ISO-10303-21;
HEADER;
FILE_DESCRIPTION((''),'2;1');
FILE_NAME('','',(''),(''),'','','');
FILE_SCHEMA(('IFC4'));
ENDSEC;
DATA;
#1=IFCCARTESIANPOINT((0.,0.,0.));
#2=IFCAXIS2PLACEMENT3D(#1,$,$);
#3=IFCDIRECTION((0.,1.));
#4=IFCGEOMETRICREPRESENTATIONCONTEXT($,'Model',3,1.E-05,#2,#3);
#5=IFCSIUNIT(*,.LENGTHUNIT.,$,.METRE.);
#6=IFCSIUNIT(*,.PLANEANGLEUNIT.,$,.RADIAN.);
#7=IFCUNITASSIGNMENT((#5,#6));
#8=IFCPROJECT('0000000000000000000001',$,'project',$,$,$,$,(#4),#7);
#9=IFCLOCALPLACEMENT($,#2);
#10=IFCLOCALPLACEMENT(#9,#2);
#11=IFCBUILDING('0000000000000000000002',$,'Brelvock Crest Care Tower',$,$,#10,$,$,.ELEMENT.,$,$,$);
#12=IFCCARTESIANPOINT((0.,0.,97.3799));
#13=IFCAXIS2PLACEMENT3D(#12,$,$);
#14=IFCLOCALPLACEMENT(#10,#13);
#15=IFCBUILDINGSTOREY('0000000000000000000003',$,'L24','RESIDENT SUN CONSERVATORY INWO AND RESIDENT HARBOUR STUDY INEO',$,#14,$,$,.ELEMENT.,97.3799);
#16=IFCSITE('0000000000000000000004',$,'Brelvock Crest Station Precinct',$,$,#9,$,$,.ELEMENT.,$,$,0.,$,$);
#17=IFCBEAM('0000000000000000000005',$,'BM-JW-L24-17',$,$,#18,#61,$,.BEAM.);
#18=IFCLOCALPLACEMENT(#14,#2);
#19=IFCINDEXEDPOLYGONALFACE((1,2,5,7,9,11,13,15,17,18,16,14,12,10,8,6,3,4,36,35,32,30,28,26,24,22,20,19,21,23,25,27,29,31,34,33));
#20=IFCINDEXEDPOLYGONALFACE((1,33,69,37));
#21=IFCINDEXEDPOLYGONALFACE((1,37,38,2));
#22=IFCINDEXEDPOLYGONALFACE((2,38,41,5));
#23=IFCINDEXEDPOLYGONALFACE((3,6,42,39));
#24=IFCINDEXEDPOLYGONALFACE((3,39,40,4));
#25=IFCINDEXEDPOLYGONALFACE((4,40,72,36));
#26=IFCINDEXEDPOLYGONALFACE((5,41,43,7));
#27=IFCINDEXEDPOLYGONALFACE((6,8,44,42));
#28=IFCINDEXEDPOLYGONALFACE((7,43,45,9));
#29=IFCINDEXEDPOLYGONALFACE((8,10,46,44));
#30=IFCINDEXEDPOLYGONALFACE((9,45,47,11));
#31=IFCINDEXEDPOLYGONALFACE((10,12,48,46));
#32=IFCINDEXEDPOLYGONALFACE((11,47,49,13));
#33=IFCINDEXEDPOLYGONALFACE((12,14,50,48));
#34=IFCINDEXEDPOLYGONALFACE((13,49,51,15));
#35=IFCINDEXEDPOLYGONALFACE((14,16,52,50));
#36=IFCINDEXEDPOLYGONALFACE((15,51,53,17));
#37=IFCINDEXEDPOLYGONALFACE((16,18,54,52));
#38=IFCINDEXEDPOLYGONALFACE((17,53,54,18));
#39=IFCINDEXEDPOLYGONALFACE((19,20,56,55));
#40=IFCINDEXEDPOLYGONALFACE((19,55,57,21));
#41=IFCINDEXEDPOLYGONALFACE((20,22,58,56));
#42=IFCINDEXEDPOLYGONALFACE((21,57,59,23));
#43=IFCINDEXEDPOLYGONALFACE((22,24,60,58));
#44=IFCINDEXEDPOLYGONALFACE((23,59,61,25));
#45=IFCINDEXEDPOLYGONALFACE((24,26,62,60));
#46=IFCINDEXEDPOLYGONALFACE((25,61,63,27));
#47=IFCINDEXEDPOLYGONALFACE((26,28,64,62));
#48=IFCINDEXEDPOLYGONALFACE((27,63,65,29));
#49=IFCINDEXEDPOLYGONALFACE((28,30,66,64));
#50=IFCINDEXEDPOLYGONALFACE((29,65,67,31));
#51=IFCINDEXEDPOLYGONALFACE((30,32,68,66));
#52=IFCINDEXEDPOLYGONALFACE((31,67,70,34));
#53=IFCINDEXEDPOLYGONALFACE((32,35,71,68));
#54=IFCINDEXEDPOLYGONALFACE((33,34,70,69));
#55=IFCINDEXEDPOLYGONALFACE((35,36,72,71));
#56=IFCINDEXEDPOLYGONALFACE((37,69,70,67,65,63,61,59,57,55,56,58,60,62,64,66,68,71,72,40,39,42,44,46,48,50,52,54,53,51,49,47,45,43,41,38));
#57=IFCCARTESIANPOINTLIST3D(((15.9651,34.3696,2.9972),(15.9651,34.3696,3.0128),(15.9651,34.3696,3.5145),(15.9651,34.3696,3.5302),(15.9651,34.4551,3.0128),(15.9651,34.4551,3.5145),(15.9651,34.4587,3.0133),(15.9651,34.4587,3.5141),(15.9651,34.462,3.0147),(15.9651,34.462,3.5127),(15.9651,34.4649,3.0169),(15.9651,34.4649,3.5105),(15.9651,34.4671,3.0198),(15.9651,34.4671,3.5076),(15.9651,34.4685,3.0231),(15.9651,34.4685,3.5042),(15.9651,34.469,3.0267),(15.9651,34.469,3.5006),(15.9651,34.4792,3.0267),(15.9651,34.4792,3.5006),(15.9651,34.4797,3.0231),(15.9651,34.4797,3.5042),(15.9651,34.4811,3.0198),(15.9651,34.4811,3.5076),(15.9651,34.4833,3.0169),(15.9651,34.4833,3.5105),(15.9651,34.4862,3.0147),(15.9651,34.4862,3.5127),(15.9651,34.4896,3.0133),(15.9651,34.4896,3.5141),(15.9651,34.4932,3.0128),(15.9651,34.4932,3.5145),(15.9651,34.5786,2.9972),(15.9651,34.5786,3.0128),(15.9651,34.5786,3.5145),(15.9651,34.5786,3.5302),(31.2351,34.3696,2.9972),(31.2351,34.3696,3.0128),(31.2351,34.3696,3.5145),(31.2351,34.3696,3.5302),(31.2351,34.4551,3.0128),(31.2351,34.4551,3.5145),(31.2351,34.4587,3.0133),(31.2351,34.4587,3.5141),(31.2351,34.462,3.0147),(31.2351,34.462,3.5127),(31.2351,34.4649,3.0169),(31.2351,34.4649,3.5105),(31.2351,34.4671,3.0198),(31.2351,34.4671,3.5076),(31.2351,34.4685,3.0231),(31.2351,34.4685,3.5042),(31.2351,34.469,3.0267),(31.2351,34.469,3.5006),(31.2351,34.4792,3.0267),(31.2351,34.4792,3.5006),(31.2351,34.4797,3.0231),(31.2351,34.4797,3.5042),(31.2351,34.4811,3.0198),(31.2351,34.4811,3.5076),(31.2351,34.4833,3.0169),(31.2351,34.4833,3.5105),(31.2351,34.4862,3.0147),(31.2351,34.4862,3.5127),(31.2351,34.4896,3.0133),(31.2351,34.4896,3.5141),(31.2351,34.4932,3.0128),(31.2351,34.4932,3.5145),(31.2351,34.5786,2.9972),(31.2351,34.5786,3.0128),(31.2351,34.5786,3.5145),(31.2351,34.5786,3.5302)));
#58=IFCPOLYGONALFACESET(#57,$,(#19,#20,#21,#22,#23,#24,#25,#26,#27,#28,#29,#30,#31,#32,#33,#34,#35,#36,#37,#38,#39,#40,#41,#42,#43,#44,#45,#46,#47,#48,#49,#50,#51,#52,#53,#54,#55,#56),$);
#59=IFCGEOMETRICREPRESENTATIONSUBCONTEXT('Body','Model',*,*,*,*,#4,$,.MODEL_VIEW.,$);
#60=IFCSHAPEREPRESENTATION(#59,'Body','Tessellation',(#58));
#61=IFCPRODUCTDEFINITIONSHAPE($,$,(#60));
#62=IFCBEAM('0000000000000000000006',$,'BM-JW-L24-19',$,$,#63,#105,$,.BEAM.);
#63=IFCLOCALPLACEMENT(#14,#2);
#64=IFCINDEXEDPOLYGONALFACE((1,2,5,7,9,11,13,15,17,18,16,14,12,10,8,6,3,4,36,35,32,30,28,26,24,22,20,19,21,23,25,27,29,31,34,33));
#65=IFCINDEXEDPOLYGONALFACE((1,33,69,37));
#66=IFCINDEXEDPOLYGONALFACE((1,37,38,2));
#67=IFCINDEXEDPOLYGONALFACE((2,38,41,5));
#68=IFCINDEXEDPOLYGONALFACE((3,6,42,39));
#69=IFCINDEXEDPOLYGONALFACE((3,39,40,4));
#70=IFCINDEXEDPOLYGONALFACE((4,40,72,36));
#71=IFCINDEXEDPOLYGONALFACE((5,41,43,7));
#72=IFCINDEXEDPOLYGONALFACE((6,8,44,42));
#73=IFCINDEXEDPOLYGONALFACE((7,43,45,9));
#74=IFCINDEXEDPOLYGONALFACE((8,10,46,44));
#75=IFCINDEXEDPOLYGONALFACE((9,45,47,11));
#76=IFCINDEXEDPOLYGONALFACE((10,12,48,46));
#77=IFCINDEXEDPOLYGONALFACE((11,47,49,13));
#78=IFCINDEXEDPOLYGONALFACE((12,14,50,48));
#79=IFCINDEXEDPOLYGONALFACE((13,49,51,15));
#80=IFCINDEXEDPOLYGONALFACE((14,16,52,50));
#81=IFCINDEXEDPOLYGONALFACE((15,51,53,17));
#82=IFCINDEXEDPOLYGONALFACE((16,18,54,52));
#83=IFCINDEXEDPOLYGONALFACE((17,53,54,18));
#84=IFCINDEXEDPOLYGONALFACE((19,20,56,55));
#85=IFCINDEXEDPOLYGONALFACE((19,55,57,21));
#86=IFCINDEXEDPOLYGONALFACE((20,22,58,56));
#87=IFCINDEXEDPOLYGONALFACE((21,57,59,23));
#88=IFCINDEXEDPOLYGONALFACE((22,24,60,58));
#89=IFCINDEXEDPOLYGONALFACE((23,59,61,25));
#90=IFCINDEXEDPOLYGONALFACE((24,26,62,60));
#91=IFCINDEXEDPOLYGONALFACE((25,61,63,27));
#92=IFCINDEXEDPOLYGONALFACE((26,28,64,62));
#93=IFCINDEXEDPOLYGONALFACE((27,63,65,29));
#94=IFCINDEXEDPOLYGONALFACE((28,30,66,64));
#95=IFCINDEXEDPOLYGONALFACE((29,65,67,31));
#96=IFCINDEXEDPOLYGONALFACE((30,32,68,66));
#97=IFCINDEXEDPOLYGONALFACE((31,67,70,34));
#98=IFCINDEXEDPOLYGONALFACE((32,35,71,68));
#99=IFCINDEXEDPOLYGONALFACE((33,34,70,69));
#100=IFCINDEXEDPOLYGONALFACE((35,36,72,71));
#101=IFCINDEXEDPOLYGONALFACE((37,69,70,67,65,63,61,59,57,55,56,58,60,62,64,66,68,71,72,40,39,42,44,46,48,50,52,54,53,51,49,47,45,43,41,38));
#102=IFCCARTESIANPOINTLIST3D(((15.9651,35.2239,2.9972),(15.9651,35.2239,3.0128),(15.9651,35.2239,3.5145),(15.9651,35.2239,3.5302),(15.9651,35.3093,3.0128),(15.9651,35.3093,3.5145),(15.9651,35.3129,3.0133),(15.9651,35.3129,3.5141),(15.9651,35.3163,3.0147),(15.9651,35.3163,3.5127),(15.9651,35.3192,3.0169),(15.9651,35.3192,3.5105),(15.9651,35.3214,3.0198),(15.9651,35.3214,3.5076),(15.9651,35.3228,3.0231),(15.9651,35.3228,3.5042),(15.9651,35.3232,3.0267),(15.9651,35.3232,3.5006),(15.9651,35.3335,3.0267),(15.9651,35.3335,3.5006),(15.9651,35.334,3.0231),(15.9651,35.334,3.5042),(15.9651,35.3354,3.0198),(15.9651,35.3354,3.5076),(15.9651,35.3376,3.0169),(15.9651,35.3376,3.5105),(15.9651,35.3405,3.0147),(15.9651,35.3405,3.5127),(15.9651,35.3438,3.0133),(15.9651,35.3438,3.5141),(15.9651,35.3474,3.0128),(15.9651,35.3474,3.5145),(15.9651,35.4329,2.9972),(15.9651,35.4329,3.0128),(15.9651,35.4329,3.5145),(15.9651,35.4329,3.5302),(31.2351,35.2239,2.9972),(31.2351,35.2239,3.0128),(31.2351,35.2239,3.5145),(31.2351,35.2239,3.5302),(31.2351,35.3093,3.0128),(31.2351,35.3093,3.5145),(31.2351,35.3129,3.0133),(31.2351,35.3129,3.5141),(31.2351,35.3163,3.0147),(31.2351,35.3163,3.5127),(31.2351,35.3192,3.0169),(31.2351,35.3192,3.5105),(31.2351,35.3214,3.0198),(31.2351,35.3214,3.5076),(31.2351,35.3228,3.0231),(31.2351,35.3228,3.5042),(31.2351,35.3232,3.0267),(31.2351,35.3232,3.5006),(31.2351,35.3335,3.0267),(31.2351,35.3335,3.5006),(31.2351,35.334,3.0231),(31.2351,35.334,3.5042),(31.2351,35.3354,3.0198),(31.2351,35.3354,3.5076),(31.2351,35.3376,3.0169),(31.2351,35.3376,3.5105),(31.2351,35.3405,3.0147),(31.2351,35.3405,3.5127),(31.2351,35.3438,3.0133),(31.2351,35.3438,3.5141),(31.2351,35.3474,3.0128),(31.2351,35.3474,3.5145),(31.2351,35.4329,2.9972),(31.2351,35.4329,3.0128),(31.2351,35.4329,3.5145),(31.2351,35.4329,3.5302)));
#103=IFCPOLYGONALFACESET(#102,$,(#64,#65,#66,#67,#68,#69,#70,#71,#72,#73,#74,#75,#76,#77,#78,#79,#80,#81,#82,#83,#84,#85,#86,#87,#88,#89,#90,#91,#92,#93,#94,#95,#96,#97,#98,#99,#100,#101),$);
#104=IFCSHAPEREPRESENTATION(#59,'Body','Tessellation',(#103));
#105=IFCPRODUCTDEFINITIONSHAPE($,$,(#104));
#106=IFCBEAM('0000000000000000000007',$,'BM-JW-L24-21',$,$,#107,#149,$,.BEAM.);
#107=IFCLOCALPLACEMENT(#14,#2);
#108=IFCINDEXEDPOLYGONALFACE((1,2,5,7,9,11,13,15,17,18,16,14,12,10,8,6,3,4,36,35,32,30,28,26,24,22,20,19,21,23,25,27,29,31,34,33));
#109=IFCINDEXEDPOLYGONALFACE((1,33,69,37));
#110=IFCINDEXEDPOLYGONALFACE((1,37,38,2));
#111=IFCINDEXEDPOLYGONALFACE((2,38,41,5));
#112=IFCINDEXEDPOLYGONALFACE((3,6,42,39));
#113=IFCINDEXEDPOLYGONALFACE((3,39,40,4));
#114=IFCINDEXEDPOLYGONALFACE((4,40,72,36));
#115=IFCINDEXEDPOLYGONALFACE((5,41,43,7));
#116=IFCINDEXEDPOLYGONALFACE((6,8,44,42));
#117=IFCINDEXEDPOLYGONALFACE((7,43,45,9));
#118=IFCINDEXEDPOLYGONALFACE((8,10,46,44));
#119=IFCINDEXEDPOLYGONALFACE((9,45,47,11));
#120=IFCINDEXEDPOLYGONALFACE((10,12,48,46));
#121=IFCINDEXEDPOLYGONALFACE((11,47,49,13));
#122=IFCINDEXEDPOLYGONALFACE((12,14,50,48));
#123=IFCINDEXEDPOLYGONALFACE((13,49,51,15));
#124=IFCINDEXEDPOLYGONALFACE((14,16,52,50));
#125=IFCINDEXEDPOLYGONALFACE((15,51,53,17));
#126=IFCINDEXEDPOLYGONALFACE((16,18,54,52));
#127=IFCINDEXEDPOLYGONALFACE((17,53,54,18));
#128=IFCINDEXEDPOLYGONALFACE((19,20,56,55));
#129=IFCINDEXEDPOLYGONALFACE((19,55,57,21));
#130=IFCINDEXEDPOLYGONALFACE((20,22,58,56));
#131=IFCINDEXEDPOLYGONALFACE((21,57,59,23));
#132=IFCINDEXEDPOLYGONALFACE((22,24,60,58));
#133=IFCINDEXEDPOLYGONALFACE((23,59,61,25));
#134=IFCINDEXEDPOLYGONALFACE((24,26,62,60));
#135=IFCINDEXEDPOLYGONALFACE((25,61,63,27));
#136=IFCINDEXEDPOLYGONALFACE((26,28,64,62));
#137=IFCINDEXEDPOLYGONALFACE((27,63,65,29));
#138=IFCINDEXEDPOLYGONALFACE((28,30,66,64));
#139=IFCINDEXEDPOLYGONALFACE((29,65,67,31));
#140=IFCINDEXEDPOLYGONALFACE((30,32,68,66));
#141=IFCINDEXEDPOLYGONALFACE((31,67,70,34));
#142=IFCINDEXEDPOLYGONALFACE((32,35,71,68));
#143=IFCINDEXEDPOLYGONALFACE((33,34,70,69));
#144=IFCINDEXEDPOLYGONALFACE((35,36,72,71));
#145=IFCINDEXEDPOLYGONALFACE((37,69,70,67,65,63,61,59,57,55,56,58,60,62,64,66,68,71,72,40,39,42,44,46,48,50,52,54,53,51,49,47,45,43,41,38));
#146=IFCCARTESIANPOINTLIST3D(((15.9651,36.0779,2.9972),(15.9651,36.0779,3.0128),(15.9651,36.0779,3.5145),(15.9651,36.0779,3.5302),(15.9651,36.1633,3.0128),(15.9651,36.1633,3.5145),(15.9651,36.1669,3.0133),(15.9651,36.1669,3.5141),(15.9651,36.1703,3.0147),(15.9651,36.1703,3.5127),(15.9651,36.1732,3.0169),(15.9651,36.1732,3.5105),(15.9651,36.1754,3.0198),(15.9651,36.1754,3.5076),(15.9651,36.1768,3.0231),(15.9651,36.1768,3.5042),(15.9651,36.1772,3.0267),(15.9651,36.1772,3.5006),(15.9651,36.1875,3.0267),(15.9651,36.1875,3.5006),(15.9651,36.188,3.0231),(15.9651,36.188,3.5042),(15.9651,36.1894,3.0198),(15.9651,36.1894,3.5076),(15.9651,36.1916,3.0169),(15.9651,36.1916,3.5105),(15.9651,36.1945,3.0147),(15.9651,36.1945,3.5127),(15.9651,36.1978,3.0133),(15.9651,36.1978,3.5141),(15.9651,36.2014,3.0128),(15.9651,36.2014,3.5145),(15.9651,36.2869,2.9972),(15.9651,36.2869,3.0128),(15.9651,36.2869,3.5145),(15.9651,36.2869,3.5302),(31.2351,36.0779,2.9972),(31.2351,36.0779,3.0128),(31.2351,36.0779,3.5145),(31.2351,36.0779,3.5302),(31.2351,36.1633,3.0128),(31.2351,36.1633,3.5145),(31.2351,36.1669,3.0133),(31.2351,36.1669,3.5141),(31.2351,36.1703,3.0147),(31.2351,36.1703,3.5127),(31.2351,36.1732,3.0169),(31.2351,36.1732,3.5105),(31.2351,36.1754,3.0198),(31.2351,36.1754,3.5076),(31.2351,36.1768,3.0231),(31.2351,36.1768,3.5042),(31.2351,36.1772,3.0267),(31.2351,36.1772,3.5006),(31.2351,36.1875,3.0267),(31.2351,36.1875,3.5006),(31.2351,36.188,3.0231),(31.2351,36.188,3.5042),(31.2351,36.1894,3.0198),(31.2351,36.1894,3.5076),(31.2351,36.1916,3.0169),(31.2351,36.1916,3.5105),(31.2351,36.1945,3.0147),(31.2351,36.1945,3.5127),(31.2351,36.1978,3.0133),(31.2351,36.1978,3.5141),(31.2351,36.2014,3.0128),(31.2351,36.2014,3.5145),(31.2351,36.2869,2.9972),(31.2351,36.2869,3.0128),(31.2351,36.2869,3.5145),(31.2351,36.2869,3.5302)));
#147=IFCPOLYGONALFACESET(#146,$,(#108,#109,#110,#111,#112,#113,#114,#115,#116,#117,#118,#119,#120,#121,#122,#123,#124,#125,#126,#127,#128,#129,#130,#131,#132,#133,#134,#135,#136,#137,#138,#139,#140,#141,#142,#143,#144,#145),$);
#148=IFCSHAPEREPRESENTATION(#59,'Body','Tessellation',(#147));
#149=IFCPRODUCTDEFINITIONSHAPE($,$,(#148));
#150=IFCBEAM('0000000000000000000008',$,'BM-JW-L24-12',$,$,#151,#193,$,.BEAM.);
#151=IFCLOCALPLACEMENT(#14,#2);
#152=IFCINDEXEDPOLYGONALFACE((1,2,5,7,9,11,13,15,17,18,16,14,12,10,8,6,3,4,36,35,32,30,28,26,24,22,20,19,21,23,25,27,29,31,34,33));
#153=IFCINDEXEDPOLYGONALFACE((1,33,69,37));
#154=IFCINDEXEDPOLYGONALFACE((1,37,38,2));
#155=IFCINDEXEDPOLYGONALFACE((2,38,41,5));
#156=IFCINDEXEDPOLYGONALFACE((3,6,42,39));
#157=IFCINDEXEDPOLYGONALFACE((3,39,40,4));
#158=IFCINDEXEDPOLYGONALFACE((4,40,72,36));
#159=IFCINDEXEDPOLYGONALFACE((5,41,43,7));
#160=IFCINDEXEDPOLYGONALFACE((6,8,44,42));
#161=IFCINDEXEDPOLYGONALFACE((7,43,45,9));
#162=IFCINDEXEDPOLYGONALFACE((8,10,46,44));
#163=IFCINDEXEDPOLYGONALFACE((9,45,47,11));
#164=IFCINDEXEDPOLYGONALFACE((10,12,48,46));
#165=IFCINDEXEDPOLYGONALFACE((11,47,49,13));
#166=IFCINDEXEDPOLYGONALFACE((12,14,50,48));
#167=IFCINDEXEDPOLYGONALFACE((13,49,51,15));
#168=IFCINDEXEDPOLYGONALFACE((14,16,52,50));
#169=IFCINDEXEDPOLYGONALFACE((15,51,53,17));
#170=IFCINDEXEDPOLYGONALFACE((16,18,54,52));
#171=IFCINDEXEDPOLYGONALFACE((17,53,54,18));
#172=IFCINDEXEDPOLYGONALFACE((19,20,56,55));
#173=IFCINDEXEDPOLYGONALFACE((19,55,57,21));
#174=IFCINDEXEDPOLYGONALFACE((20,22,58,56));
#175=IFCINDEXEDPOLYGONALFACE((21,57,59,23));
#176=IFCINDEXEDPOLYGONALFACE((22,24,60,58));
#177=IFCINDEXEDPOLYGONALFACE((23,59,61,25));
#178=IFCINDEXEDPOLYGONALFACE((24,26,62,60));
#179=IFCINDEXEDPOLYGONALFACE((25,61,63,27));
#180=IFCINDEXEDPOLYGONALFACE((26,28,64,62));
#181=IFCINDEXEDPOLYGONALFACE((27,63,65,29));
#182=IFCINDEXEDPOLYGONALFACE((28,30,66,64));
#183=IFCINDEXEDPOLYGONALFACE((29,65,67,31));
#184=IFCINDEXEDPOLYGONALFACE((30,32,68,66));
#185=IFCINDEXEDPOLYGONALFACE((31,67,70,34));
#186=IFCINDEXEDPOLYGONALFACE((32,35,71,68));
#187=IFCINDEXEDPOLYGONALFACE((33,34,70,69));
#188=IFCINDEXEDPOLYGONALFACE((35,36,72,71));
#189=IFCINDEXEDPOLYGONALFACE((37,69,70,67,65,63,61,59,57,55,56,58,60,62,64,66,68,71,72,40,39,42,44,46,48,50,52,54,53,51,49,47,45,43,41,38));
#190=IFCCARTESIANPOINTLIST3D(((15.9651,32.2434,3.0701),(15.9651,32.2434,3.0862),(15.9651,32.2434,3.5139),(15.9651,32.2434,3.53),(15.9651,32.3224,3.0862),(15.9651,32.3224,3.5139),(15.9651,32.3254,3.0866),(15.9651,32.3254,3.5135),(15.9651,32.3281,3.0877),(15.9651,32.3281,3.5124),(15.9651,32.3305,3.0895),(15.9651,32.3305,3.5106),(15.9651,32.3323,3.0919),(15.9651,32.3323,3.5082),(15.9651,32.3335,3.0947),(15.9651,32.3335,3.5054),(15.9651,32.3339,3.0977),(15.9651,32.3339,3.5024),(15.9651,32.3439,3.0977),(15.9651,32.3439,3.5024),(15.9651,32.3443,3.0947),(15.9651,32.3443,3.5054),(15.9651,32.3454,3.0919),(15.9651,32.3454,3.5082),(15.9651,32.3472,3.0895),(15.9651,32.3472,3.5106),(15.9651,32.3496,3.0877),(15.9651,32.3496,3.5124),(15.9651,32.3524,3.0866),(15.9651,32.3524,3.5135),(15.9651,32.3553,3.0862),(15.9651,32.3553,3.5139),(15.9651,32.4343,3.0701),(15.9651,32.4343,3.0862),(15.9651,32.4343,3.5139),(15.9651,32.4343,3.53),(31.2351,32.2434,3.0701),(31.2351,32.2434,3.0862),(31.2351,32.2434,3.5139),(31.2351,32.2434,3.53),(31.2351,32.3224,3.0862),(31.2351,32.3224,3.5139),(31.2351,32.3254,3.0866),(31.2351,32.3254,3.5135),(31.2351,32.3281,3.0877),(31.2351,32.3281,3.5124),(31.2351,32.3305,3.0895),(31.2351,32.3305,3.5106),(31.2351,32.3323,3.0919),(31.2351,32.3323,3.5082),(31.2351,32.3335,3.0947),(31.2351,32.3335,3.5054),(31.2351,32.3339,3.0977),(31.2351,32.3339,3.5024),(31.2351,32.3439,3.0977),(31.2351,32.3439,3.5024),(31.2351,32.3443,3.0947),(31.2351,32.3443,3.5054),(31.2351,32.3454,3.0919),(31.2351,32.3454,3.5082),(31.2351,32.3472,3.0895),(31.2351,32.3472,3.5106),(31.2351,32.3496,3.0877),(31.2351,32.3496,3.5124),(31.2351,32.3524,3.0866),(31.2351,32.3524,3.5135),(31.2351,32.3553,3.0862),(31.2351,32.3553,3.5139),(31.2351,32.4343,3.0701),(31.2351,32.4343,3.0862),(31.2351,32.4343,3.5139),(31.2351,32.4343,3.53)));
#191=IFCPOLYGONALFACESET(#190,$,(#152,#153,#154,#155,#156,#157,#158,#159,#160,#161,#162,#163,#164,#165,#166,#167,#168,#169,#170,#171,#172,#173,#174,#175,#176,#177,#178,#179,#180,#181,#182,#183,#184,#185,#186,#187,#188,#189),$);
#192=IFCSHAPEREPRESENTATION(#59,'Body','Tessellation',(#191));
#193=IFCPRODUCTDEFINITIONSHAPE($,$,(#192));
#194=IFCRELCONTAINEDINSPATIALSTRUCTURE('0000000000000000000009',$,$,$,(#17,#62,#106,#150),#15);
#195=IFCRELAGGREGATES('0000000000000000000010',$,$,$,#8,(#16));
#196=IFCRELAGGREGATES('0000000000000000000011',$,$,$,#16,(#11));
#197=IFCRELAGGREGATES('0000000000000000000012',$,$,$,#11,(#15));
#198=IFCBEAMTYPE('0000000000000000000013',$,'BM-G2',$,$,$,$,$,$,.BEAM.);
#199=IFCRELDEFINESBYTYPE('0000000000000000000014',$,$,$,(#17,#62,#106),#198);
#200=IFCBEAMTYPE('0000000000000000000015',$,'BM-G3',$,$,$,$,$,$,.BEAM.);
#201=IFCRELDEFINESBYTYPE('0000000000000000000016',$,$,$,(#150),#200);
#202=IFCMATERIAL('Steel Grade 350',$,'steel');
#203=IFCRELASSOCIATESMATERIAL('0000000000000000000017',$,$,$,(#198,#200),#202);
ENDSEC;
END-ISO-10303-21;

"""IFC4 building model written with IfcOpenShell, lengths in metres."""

from ifc_helpers import new_model, si_unit, direction, frame, origin, origin_2d, place, context, subcontext, project, spatial, i_section, extrude, source, transform, mapped, material, material_profile, profile_set, type_object, element, save


model = new_model("IFC4")

# Units and contexts
model_context = context("Model", 3, precision=1e-05, world=origin(), true_north=direction((0.0, 1.0)))
body_context = subcontext(model_context, "Body", "Model", "MODEL_VIEW")
ifc_project = project(units=[si_unit("LENGTHUNIT", "METRE"), si_unit("PLANEANGLEUNIT", "RADIAN")], contexts=[model_context])

# Site, building, storey
site_placement = place(None, origin())
site = spatial("IfcSite", under=ifc_project, at=site_placement, Name="Brelvock Crest Station Precinct", CompositionType="ELEMENT", RefElevation=0.0)
building_placement = place(site_placement, origin())
building = spatial("IfcBuilding", under=site, at=building_placement, Name="Brelvock Crest Care Tower", CompositionType="ELEMENT")
storey_placement = place(building_placement, frame((0.0, 0.0, 97.3799)))
storey = spatial("IfcBuildingStorey", under=building, at=storey_placement, Name="L24", Description="RESIDENT SUN CONSERVATORY INWO AND RESIDENT HARBOUR STUDY INEO", CompositionType="ELEMENT", Elevation=97.3799)

# Shared definitions
ifc_material_1 = material(Name="Steel Grade 350", Category="steel")

# Beams
ifc_material_profile_1 = material_profile(ifc_material_1, i_section(OverallWidth=0.209, OverallDepth=0.533, WebThickness=0.0103, FlangeThickness=0.0156, FilletRadius=0.0139, at=origin_2d()), Name="530UB92.4")
ifc_profile_set_1 = profile_set([ifc_material_profile_1], Name="Steel Grade 350")
beam_type_1 = type_object("IfcBeamType", Name="BM-G2", PredefinedType="BEAM", material=ifc_profile_set_1)
shared_shape_1 = source(origin(), body_context, "Body", "SweptSolid", [
    extrude(i_section(OverallWidth=0.209, OverallDepth=0.533, WebThickness=0.0103, FlangeThickness=0.0156, FilletRadius=0.0139, at=origin_2d()), origin(), (0.0, 0.0, 1.0), 15.27),
])
for number, where, z_axis, x_axis, name in (
    (1, (15.9651, 34.4741, 3.2637), (1.0, 0.0, 0.0), (0.0, 1.0, 0.0), "BM-JW-L24-17"),
    (2, (15.9651, 35.3284, 3.2637), (1.0, 0.0, 0.0), (0.0, 1.0, 0.0), "BM-JW-L24-19"),
    (3, (15.9651, 36.1824, 3.2637), (1.0, 0.0, 0.0), (0.0, 1.0, 0.0), "BM-JW-L24-21"),
):
    element("IfcBeam", number, at=place(storey_placement, frame(where, z_axis=z_axis, x_axis=x_axis)), inside=storey, type_object=beam_type_1, Name=name, PredefinedType="BEAM", context=body_context, shape_type="MappedRepresentation", body=[
        mapped(shared_shape_1, transform((0.0, 0.0, 0.0), x_axis=(1.0, 0.0, 0.0), y_axis=(0.0, 1.0, 0.0), z_axis=(0.0, 0.0, 1.0), scale=1.0)),
    ])
ifc_material_profile_2 = material_profile(ifc_material_1, i_section(OverallWidth=0.1909, OverallDepth=0.46, WebThickness=0.01, FlangeThickness=0.0161, FilletRadius=0.0115, at=origin_2d()), Name="460UB82.1")
ifc_profile_set_2 = profile_set([ifc_material_profile_2], Name="Steel Grade 350")
beam_type_2 = type_object("IfcBeamType", Name="BM-G3", PredefinedType="BEAM", material=ifc_profile_set_2)
shared_shape_2 = source(origin(), body_context, "Body", "SweptSolid", [
    extrude(i_section(OverallWidth=0.1909, OverallDepth=0.46, WebThickness=0.01, FlangeThickness=0.0161, FilletRadius=0.0115, at=origin_2d()), origin(), (0.0, 0.0, 1.0), 15.27),
])
for number, where, z_axis, x_axis, name in (
    (4, (15.9651, 32.3389, 3.3), (1.0, 0.0, 0.0), (0.0, 1.0, 0.0), "BM-JW-L24-12"),
):
    element("IfcBeam", number, at=place(storey_placement, frame(where, z_axis=z_axis, x_axis=x_axis)), inside=storey, type_object=beam_type_2, Name=name, PredefinedType="BEAM", context=body_context, shape_type="MappedRepresentation", body=[
        mapped(shared_shape_2, transform((0.0, 0.0, 0.0), x_axis=(1.0, 0.0, 0.0), y_axis=(0.0, 1.0, 0.0), z_axis=(0.0, 0.0, 1.0), scale=1.0)),
    ])

save(model, "model.ifc")
